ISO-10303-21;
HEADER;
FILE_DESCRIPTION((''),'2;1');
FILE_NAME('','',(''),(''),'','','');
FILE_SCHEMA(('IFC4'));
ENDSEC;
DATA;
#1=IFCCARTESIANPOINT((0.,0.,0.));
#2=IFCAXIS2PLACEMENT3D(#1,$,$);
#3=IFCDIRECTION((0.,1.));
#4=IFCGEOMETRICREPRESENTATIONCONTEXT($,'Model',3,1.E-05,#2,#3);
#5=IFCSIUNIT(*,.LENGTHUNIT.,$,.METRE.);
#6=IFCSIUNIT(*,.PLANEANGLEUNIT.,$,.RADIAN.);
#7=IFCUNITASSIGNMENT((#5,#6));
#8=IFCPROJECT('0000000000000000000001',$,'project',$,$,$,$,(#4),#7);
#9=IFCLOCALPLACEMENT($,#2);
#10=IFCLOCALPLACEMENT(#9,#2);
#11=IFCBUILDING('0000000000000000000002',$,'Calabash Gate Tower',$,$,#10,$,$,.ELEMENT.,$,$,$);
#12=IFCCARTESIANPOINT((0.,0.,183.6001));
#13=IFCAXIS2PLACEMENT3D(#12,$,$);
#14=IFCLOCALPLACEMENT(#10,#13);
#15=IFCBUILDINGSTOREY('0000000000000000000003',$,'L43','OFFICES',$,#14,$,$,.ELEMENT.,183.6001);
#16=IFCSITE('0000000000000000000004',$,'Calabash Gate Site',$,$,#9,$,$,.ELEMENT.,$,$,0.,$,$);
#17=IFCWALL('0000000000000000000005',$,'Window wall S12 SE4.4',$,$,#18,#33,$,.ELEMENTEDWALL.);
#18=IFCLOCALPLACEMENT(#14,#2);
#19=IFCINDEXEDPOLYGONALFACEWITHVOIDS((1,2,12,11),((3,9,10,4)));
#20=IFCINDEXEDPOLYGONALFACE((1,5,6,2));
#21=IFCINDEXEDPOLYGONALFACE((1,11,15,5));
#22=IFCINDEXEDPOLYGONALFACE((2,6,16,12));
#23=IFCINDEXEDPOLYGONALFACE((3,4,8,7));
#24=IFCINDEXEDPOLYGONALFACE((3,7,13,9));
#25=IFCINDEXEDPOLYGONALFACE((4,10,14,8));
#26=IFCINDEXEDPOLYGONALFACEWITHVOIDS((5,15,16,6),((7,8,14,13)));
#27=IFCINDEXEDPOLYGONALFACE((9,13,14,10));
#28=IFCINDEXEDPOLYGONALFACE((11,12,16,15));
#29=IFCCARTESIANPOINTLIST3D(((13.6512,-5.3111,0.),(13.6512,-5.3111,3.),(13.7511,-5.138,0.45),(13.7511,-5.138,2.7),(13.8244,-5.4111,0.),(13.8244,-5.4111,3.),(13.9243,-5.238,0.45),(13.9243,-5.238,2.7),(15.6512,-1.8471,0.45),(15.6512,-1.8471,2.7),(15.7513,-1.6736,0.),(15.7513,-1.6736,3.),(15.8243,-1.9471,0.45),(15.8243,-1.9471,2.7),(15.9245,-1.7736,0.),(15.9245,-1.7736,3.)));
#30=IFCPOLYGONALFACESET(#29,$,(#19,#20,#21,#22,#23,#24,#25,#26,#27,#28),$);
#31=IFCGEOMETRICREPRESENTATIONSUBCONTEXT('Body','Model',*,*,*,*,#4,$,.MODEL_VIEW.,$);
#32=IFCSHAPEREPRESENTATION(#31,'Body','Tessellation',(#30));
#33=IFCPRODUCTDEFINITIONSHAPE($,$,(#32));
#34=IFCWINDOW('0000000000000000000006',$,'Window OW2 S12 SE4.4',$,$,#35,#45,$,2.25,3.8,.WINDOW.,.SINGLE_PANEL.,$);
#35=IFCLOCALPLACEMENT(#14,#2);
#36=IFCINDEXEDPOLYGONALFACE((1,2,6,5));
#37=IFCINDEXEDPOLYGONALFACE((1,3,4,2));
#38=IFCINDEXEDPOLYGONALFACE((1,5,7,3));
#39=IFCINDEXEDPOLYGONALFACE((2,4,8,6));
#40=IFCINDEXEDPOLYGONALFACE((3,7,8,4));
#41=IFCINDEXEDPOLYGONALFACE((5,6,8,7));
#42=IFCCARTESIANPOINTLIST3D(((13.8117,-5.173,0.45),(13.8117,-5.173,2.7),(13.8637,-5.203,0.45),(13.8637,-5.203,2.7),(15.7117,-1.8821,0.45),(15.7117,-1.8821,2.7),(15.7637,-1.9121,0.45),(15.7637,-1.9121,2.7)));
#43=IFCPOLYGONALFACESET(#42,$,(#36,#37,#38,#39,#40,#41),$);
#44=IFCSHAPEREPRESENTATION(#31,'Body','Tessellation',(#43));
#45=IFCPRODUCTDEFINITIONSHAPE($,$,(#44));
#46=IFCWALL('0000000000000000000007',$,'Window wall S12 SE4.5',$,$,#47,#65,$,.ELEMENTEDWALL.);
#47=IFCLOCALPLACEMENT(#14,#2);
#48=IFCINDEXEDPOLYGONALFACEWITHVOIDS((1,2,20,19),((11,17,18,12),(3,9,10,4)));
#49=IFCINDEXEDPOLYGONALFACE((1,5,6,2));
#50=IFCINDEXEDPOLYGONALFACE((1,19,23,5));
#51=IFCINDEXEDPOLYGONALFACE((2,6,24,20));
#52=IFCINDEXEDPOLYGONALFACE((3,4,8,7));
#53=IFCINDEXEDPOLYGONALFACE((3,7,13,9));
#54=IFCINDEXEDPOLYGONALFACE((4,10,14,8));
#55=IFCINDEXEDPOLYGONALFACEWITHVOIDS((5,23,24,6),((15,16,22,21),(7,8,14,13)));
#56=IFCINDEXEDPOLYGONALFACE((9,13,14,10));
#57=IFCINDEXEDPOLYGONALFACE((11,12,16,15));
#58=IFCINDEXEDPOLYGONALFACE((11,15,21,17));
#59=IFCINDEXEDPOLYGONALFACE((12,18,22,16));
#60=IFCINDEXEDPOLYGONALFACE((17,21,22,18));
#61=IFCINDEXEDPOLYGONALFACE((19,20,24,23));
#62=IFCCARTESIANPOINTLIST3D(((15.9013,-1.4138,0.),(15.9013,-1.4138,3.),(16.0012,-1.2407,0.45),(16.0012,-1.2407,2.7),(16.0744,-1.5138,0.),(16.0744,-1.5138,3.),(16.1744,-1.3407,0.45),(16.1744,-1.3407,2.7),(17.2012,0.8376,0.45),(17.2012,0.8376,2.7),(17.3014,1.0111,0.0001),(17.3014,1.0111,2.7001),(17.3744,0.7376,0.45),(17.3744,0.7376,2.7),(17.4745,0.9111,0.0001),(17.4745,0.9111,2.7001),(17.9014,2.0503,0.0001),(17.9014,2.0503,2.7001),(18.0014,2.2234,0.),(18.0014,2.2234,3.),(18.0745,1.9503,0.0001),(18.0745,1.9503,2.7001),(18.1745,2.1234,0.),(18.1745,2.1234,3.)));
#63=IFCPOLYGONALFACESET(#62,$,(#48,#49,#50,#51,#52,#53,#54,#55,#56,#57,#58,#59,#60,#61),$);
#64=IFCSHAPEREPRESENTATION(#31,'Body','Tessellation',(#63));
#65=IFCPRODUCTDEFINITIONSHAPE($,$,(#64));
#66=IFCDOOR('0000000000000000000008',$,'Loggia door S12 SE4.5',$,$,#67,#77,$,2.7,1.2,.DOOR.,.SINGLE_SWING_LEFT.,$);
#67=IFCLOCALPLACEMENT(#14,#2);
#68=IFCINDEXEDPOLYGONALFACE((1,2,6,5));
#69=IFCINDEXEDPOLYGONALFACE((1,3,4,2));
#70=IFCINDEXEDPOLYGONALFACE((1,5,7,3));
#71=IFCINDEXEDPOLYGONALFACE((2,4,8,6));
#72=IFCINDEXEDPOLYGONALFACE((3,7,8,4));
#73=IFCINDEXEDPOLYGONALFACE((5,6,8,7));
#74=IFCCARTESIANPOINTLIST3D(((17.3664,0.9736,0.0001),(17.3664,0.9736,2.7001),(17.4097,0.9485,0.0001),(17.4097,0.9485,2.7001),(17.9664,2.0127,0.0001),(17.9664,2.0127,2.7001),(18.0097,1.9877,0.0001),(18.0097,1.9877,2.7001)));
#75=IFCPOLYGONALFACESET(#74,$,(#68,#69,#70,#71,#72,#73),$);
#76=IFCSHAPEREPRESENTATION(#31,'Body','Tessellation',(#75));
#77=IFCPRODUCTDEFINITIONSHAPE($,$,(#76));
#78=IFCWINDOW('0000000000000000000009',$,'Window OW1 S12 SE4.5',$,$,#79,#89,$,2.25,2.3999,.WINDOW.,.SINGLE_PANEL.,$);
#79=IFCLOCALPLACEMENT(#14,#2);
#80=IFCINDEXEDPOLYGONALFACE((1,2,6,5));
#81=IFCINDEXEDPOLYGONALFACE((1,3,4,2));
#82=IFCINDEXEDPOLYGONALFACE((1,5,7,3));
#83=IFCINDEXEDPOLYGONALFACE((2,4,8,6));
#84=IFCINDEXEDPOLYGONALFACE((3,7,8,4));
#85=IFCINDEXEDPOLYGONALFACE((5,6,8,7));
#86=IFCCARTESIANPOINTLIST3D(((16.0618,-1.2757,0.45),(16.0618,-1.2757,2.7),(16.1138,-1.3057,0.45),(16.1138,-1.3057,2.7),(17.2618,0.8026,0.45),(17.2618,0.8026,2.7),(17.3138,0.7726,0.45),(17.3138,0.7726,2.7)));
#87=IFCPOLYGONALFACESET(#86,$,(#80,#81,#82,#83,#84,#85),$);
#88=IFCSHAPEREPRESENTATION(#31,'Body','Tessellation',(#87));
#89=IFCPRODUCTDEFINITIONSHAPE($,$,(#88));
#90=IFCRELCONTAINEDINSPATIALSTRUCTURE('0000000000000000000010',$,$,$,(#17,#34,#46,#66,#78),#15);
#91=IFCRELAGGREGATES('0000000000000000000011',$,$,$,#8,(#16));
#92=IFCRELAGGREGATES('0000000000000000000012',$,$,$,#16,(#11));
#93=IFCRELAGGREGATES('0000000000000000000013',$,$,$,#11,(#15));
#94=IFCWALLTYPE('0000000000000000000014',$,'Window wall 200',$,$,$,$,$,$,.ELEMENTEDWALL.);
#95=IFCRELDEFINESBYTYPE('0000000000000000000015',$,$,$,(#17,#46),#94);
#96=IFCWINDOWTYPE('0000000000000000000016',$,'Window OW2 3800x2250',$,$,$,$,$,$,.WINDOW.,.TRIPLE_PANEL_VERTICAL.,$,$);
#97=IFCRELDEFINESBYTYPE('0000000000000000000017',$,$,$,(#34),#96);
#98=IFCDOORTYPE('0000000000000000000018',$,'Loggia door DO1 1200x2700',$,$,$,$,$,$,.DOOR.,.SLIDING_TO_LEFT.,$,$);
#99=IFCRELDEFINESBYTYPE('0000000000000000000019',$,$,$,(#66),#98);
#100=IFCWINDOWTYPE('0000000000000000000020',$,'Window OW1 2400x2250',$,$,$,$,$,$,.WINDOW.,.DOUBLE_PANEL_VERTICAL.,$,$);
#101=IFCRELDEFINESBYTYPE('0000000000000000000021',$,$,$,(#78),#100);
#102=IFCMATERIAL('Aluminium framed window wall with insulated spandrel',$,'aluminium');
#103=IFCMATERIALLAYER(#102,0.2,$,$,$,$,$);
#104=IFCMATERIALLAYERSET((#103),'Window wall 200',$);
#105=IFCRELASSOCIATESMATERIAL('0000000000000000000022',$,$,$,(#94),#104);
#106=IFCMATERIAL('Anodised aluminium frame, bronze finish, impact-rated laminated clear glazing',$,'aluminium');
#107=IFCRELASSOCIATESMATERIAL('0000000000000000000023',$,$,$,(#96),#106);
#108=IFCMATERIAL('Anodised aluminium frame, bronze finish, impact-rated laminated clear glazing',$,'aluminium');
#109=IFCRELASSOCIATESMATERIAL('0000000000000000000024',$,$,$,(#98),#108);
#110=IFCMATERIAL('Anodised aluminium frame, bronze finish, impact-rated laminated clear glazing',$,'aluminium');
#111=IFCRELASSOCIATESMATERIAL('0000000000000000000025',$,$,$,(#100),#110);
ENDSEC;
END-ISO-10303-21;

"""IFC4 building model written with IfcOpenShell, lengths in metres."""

from ifc_helpers import new_model, si_unit, direction, frame, frame_2d, origin, place, context, subcontext, project, spatial, rectangle, extrude, material, layer, layer_set, type_object, element, fill, save


model = new_model("IFC4")

# Units and contexts
model_context = context("Model", 3, precision=1e-05, world=origin(), true_north=direction((0.0, 1.0)))
body_context = subcontext(model_context, "Body", "Model", "MODEL_VIEW")
ifc_project = project(units=[si_unit("LENGTHUNIT", "METRE"), si_unit("PLANEANGLEUNIT", "RADIAN")], contexts=[model_context])

# Site, building, storey
site_placement = place(None, origin())
site = spatial("IfcSite", under=ifc_project, at=site_placement, Name="Calabash Gate Site", CompositionType="ELEMENT", RefElevation=0.0)
building_placement = place(site_placement, origin())
building = spatial("IfcBuilding", under=site, at=building_placement, Name="Calabash Gate Tower", CompositionType="ELEMENT")
storey_placement = place(building_placement, frame((0.0, 0.0, 183.6001)))
storey = spatial("IfcBuildingStorey", under=building, at=storey_placement, Name="L43", Description="OFFICES", CompositionType="ELEMENT", Elevation=183.6001)

# Shared definitions
ifc_material_1 = material(Name="Aluminium framed window wall with insulated spandrel", Category="aluminium")
ifc_layer_1 = layer(ifc_material_1, 0.2)
ifc_layer_set_1 = layer_set([ifc_layer_1], Name="Window wall 200")
wall_type_1 = type_object("IfcWallType", Name="Window wall 200", PredefinedType="ELEMENTEDWALL", material=ifc_layer_set_1)

# Wall, opening, window
wall_1_placement = place(storey_placement, frame((13.7378, -5.3611, 0.0), z_axis=(0.0, 0.0, 1.0), x_axis=(0.500003, 0.866024, 0.0)))
wall_1 = element("IfcWall", 1, at=wall_1_placement, inside=storey, type_object=wall_type_1, Name="Window wall S12 SE4.4", PredefinedType="ELEMENTEDWALL", context=body_context, shape_type="SweptSolid", body=[
    extrude(rectangle(XDim=4.2002, YDim=0.2, at=frame_2d((2.1001, 0.0))), origin(), (0.0, 0.0, 1.0), 3.0),
])
opening_1_placement = place(wall_1_placement, frame((0.2, 0.0, 0.45)))
opening_1 = element("IfcOpeningElement", 2, at=opening_1_placement, cuts=wall_1, PredefinedType="OPENING", context=body_context, shape_type="SweptSolid", body=[
    extrude(rectangle(XDim=3.8, YDim=2.25, at=frame_2d((1.8999, 1.125))), frame((0.0, 0.1099, 0.0), z_axis=(0.0, -1.0, 0.0), x_axis=(1.0, 0.0, 0.0)), (0.0, 0.0, 1.0), 0.22),
])
ifc_material_2 = material(Name="Anodised aluminium frame, bronze finish, impact-rated laminated clear glazing", Category="aluminium")
window_type_1 = type_object("IfcWindowType", Name="Window OW2 3800x2250", PartitioningType="TRIPLE_PANEL_VERTICAL", PredefinedType="WINDOW", material=ifc_material_2)
window_1_placement = place(opening_1_placement, origin())
window_1 = element("IfcWindow", 3, at=window_1_placement, inside=storey, type_object=window_type_1, Name="Window OW2 S12 SE4.4", OverallHeight=2.25, OverallWidth=3.8, PartitioningType="SINGLE_PANEL", PredefinedType="WINDOW", context=body_context, shape_type="SweptSolid", body=[
    extrude(rectangle(XDim=3.8, YDim=2.25, at=frame_2d((1.8999, 1.125))), frame((0.0, 0.03, 0.0), z_axis=(0.0, -1.0, 0.0), x_axis=(1.0, 0.0, 0.0)), (0.0, 0.0, 1.0), 0.0601),
])
fill(opening_1, window_1)

# Wall, openings, door, window
wall_2_placement = place(storey_placement, frame((15.9878, -1.4639, 0.0), z_axis=(0.0, 0.0, 1.0), x_axis=(0.500028, 0.866009, 0.0)))
wall_2 = element("IfcWall", 4, at=wall_2_placement, inside=storey, type_object=wall_type_1, Name="Window wall S12 SE4.5", PredefinedType="ELEMENTEDWALL", context=body_context, shape_type="SweptSolid", body=[
    extrude(rectangle(XDim=4.2, YDim=0.2, at=frame_2d((2.1001, 0.0))), origin(), (0.0, 0.0, 1.0), 3.0),
])
opening_2_placement = place(wall_2_placement, frame((0.2, 0.0, 0.45)))
opening_2 = element("IfcOpeningElement", 5, at=opening_2_placement, cuts=wall_2, PredefinedType="OPENING", context=body_context, shape_type="SweptSolid", body=[
    extrude(rectangle(XDim=2.3999, YDim=2.25, at=frame_2d((1.2, 1.125))), frame((0.0, 0.1099, 0.0), z_axis=(0.0, -1.0, 0.0), x_axis=(1.0, 0.0, 0.0)), (0.0, 0.0, 1.0), 0.22),
])
opening_3_placement = place(wall_2_placement, frame((2.8, 0.0, 0.0)))
opening_3 = element("IfcOpeningElement", 6, at=opening_3_placement, cuts=wall_2, PredefinedType="OPENING", context=body_context, shape_type="SweptSolid", body=[
    extrude(rectangle(XDim=1.2, YDim=2.7, at=frame_2d((0.6001, 1.3501))), frame((0.0, 0.1099, 0.0), z_axis=(0.0, -1.0, 0.0), x_axis=(1.0, 0.0, 0.0)), (0.0, 0.0, 1.0), 0.22),
])
ifc_material_3 = material(Name="Anodised aluminium frame, bronze finish, impact-rated laminated clear glazing", Category="aluminium")
door_type_1 = type_object("IfcDoorType", Name="Loggia door DO1 1200x2700", OperationType="SLIDING_TO_LEFT", PredefinedType="DOOR", material=ifc_material_3)
door_1_placement = place(opening_3_placement, origin())
door_1 = element("IfcDoor", 7, at=door_1_placement, inside=storey, type_object=door_type_1, Name="Loggia door S12 SE4.5", OperationType="SINGLE_SWING_LEFT", OverallHeight=2.7, OverallWidth=1.2, PredefinedType="DOOR", context=body_context, shape_type="SweptSolid", body=[
    extrude(rectangle(XDim=1.2, YDim=2.7, at=frame_2d((0.6001, 1.3501))), frame((0.0, 0.0249, 0.0), z_axis=(0.0, -1.0, 0.0), x_axis=(1.0, 0.0, 0.0)), (0.0, 0.0, 1.0), 0.05),
])
fill(opening_3, door_1)
ifc_material_4 = material(Name="Anodised aluminium frame, bronze finish, impact-rated laminated clear glazing", Category="aluminium")
window_type_2 = type_object("IfcWindowType", Name="Window OW1 2400x2250", PartitioningType="DOUBLE_PANEL_VERTICAL", PredefinedType="WINDOW", material=ifc_material_4)
window_2_placement = place(opening_2_placement, origin())
window_2 = element("IfcWindow", 8, at=window_2_placement, inside=storey, type_object=window_type_2, Name="Window OW1 S12 SE4.5", OverallHeight=2.25, OverallWidth=2.3999, PartitioningType="SINGLE_PANEL", PredefinedType="WINDOW", context=body_context, shape_type="SweptSolid", body=[
    extrude(rectangle(XDim=2.3999, YDim=2.25, at=frame_2d((1.2, 1.125))), frame((0.0, 0.03, 0.0), z_axis=(0.0, -1.0, 0.0), x_axis=(1.0, 0.0, 0.0)), (0.0, 0.0, 1.0), 0.0601),
])
fill(opening_2, window_2)

save(model, "model.ifc")
